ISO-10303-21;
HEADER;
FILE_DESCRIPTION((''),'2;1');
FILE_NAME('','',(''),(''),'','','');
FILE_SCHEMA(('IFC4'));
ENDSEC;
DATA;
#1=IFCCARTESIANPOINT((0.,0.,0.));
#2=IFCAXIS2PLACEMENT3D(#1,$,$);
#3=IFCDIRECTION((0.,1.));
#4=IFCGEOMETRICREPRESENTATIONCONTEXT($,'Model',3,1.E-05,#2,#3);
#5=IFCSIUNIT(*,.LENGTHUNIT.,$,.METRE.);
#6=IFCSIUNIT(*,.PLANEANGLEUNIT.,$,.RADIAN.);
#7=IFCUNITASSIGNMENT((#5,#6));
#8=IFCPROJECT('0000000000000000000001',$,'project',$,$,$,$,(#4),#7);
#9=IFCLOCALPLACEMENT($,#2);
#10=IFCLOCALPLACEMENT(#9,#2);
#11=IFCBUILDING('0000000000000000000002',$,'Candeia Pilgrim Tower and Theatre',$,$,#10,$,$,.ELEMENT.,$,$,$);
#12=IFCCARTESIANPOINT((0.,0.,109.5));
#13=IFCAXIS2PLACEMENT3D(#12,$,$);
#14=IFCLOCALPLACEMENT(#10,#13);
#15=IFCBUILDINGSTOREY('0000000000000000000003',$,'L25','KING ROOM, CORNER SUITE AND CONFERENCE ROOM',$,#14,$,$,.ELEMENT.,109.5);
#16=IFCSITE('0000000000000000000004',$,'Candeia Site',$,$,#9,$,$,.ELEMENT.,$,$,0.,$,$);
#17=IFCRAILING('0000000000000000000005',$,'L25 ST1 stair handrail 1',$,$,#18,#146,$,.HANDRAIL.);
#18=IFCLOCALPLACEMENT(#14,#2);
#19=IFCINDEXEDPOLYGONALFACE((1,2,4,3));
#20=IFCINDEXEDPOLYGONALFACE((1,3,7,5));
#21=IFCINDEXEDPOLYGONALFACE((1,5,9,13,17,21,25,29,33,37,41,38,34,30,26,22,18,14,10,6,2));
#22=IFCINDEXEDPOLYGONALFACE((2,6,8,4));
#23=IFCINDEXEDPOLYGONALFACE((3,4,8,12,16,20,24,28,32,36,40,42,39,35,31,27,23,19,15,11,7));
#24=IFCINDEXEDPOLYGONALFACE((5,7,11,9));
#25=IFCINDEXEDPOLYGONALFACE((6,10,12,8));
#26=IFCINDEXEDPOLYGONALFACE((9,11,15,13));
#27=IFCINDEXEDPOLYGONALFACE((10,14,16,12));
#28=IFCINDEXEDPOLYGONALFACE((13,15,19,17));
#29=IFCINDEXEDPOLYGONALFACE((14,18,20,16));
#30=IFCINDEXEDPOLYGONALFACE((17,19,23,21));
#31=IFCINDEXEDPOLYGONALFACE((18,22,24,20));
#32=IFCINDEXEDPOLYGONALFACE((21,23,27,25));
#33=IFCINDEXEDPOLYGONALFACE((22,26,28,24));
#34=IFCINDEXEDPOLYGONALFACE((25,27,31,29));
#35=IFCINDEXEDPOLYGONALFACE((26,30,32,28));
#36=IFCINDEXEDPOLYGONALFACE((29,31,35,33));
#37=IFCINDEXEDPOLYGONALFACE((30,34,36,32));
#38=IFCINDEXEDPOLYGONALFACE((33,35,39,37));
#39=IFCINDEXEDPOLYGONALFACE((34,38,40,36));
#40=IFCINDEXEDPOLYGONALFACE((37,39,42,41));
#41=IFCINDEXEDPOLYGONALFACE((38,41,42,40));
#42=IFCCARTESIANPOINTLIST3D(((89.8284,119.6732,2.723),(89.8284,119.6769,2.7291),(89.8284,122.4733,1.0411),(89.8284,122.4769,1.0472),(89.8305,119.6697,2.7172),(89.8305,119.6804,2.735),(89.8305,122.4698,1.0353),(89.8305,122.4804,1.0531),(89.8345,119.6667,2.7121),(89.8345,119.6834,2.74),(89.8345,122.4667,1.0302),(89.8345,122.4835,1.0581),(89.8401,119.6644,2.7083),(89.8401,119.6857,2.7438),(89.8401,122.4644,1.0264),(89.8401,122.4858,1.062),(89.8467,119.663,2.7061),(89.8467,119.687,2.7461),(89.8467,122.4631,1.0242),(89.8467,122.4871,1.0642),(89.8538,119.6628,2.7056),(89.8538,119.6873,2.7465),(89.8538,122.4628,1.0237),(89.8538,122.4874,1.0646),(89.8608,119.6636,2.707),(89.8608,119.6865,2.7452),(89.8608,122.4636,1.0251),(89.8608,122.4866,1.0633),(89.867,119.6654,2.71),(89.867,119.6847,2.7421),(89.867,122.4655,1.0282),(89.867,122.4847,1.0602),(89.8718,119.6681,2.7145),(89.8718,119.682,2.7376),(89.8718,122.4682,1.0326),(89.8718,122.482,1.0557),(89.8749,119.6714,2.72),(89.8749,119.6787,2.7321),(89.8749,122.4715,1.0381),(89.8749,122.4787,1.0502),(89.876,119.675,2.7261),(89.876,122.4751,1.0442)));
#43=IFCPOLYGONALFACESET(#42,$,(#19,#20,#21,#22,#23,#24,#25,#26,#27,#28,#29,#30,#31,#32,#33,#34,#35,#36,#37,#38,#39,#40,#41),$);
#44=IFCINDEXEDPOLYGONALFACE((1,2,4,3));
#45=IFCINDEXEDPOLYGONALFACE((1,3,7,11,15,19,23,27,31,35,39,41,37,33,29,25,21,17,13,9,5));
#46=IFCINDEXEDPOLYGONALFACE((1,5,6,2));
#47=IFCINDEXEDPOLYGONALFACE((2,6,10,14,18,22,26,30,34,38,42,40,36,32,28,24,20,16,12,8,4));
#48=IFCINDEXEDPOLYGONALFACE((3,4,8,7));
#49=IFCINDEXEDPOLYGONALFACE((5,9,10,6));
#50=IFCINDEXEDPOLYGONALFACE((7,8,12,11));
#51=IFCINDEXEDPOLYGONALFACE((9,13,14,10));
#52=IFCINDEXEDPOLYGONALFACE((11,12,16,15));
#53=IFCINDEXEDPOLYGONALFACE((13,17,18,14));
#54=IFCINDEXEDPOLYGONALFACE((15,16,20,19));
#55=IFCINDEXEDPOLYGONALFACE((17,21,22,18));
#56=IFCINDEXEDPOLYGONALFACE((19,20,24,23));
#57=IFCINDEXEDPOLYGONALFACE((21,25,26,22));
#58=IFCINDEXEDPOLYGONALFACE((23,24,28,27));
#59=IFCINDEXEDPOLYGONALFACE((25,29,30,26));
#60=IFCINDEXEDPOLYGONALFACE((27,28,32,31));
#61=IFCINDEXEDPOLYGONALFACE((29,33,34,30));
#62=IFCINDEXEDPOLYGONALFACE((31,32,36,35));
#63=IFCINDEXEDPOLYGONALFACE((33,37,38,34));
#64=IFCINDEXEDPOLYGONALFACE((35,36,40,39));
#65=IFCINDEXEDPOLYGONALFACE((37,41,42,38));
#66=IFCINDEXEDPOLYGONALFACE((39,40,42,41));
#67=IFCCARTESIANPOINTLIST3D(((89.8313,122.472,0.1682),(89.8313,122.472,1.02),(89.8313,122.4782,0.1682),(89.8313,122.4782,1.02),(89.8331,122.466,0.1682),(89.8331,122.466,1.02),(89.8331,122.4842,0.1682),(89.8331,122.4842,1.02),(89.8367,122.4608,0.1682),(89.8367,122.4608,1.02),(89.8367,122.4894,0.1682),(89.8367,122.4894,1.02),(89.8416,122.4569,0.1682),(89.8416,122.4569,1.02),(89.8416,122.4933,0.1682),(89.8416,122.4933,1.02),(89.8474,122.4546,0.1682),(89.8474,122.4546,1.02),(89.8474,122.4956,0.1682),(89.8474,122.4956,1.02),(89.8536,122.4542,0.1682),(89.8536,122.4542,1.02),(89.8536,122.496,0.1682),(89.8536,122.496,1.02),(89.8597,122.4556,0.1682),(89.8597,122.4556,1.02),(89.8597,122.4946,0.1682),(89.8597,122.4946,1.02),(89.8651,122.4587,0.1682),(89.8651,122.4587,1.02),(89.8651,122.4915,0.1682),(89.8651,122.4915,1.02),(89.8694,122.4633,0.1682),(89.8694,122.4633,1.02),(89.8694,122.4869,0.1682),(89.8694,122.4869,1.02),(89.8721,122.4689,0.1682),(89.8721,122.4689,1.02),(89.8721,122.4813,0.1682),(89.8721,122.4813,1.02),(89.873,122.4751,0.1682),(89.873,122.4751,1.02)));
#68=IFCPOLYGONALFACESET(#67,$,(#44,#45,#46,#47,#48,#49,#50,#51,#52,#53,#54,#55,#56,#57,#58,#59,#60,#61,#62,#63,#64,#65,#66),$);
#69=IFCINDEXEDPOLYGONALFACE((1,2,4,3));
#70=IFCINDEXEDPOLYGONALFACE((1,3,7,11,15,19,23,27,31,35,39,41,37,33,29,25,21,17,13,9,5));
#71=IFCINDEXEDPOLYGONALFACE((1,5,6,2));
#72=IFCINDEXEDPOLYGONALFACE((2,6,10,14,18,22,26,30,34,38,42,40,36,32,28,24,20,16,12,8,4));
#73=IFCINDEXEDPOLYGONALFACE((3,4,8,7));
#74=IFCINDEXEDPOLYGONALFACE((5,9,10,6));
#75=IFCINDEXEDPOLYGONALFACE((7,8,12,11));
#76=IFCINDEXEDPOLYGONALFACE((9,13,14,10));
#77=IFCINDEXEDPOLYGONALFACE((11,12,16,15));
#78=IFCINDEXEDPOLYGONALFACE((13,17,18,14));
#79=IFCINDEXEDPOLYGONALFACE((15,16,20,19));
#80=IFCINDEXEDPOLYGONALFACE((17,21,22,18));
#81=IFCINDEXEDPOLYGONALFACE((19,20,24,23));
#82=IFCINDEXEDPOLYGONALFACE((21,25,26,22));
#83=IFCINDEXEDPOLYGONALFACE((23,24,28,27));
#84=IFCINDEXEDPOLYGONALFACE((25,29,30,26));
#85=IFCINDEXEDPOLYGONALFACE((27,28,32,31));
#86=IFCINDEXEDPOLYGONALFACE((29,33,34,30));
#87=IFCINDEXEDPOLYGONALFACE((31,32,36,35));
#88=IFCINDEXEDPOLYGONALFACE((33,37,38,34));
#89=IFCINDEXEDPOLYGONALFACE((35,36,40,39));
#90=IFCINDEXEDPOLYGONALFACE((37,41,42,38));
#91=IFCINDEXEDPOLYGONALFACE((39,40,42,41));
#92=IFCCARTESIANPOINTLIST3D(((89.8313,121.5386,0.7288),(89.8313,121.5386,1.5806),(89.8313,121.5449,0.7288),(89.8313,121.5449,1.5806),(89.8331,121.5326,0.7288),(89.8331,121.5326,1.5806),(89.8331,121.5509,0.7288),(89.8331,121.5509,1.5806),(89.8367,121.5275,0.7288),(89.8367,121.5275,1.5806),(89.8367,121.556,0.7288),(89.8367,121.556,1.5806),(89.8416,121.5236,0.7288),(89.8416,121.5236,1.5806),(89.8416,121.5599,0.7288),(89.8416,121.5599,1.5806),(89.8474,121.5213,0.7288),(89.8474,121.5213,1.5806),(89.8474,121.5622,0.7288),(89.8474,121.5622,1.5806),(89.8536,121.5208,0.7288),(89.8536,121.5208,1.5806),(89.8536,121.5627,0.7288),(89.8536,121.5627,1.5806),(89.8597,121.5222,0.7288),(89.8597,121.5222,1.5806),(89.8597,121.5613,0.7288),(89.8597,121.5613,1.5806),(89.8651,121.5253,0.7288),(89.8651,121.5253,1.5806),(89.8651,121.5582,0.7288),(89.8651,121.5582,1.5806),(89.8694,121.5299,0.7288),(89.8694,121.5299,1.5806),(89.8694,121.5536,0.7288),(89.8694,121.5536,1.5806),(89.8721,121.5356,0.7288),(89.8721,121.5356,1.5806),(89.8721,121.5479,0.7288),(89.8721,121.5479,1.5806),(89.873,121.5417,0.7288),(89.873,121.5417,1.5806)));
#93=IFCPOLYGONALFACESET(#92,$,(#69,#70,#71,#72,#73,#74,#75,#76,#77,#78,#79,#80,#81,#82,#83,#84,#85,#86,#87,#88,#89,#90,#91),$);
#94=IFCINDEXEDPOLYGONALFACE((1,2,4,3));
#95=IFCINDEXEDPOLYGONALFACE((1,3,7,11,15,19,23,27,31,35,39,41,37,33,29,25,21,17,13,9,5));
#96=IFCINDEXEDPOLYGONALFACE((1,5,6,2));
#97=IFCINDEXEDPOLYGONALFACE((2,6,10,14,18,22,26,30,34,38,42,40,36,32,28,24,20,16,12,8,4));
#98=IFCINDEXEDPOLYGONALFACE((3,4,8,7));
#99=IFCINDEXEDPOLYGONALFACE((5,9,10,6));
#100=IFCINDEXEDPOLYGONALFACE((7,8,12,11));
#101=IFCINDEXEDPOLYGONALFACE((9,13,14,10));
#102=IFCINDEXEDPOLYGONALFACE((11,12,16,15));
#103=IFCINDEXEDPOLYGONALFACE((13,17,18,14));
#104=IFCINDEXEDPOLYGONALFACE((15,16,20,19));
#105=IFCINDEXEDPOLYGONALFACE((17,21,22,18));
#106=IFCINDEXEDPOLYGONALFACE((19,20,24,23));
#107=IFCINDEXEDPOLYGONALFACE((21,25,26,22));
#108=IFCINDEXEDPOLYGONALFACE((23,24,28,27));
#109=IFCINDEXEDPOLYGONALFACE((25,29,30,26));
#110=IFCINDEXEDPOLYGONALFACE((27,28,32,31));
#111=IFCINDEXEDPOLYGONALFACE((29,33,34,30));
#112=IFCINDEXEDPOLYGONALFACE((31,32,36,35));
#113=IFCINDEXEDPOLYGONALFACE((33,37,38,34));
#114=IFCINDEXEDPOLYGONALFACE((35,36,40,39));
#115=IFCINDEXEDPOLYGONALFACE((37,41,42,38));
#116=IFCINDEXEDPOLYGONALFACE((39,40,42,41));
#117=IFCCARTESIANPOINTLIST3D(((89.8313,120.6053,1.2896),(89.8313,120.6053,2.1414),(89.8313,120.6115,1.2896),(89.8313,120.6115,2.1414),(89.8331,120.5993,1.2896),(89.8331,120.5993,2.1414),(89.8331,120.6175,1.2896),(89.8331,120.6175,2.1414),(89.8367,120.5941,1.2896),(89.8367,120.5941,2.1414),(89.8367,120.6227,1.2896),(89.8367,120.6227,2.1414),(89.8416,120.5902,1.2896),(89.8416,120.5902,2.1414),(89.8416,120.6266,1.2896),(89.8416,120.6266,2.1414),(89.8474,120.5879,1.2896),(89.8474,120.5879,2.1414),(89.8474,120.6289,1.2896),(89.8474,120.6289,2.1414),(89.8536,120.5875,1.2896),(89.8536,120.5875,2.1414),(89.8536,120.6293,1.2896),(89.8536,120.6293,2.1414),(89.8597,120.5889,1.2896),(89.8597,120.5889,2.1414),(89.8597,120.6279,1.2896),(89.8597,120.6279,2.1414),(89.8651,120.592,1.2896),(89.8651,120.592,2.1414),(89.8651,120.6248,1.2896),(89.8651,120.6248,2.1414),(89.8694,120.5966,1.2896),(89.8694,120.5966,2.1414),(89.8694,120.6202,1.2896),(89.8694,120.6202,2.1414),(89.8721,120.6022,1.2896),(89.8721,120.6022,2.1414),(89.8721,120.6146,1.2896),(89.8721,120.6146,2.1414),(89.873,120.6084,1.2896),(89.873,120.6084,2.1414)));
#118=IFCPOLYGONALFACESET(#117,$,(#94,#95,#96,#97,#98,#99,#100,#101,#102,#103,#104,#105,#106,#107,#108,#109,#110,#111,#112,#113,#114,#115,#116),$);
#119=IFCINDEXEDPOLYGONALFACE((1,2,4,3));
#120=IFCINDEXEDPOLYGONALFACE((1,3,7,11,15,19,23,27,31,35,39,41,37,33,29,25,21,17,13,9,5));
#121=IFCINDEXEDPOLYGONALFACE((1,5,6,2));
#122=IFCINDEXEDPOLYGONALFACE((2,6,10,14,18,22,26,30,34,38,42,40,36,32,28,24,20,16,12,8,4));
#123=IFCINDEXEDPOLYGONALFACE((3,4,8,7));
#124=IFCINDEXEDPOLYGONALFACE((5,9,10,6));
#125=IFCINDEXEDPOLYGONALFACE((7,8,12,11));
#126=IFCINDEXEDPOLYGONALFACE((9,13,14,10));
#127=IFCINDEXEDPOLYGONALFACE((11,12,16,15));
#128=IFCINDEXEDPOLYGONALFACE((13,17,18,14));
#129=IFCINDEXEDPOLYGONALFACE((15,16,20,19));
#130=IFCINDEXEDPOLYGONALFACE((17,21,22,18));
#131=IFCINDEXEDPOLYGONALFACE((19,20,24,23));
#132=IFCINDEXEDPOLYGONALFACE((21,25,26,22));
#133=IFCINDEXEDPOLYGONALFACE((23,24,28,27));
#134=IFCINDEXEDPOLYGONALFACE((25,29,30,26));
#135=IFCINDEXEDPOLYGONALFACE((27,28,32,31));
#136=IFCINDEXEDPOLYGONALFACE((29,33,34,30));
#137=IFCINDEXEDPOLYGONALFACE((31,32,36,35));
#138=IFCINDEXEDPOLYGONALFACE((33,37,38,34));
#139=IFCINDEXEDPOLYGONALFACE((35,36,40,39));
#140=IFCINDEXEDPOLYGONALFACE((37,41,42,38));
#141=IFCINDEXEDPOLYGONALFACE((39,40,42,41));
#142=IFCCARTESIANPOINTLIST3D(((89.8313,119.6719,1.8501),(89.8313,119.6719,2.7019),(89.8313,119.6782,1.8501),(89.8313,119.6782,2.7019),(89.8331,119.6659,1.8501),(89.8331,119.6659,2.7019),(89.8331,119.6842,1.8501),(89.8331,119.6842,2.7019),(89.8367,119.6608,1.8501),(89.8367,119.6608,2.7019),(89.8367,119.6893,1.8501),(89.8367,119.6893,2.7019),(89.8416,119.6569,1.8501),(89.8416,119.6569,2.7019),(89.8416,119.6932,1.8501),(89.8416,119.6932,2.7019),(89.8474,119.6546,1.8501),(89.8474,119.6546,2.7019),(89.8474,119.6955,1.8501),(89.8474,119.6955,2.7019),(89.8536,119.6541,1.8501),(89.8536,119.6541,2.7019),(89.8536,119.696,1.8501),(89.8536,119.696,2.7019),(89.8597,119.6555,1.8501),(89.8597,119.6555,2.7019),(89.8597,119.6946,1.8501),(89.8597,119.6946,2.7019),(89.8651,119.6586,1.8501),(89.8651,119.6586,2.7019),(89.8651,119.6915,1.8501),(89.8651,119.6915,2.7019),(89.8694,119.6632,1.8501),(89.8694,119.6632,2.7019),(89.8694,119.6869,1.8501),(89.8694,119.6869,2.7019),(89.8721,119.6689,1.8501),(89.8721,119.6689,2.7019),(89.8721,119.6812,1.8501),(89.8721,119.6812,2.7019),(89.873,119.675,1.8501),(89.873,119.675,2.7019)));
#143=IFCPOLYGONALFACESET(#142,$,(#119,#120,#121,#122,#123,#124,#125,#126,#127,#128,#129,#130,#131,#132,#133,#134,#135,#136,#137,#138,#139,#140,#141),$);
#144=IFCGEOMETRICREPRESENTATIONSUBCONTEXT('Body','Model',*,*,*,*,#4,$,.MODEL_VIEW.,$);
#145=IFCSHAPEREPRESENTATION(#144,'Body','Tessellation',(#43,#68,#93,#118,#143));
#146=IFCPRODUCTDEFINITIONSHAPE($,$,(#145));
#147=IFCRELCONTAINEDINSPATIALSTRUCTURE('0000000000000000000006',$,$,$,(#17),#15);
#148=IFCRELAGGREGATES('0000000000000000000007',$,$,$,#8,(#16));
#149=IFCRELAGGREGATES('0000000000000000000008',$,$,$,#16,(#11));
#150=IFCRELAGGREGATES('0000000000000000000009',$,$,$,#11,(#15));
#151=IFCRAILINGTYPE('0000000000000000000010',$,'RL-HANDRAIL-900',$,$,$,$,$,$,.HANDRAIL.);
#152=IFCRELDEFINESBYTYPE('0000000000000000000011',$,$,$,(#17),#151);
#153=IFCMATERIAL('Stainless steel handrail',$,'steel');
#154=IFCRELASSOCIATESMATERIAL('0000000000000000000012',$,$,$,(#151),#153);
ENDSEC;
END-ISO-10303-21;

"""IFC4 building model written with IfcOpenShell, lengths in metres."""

from ifc_helpers import new_model, si_unit, direction, frame, origin, origin_2d, place, context, subcontext, project, spatial, circle, extrude, material, type_object, element, save


model = new_model("IFC4")

# Units and contexts
model_context = context("Model", 3, precision=1e-05, world=origin(), true_north=direction((0.0, 1.0)))
body_context = subcontext(model_context, "Body", "Model", "MODEL_VIEW")
ifc_project = project(units=[si_unit("LENGTHUNIT", "METRE"), si_unit("PLANEANGLEUNIT", "RADIAN")], contexts=[model_context])

# Site, building, storey
site_placement = place(None, origin())
site = spatial("IfcSite", under=ifc_project, at=site_placement, Name="Candeia Site", CompositionType="ELEMENT", RefElevation=0.0)
building_placement = place(site_placement, origin())
building = spatial("IfcBuilding", under=site, at=building_placement, Name="Candeia Pilgrim Tower and Theatre", CompositionType="ELEMENT")
storey_placement = place(building_placement, frame((0.0, 0.0, 109.5)))
storey = spatial("IfcBuildingStorey", under=building, at=storey_placement, Name="L25", Description="KING ROOM, CORNER SUITE AND CONFERENCE ROOM", CompositionType="ELEMENT", Elevation=109.5)

# Railing
ifc_material_1 = material(Name="Stainless steel handrail", Category="steel")
railing_type_1 = type_object("IfcRailingType", Name="RL-HANDRAIL-900", PredefinedType="HANDRAIL", material=ifc_material_1)
for number, where, name in (
    (1, (89.8521, 122.4751, 0.1682), "L25 ST1 stair handrail 1"),
):
    element("IfcRailing", number, at=place(storey_placement, frame(where)), inside=storey, type_object=railing_type_1, Name=name, PredefinedType="HANDRAIL", context=body_context, shape_type="SweptSolid", body=[
        extrude(circle(Radius=0.0239, at=origin_2d()), frame((0.0, 0.0, 0.876), z_axis=(0.0, -0.857242, 0.514913), x_axis=(1.0, 0.0, 0.0)), (0.0, 0.0, 1.0), 3.2664),
        extrude(circle(Radius=0.021, at=origin_2d()), origin(), (0.0, 0.0, 1.0), 0.8518),
        extrude(circle(Radius=0.021, at=origin_2d()), frame((0.0, -0.9333, 0.5605)), (0.0, 0.0, 1.0), 0.8518),
        extrude(circle(Radius=0.021, at=origin_2d()), frame((0.0, -1.8667, 1.1213)), (0.0, 0.0, 1.0), 0.8518),
        extrude(circle(Radius=0.021, at=origin_2d()), frame((0.0, -2.8, 1.6819)), (0.0, 0.0, 1.0), 0.8518),
    ])

save(model, "model.ifc")
